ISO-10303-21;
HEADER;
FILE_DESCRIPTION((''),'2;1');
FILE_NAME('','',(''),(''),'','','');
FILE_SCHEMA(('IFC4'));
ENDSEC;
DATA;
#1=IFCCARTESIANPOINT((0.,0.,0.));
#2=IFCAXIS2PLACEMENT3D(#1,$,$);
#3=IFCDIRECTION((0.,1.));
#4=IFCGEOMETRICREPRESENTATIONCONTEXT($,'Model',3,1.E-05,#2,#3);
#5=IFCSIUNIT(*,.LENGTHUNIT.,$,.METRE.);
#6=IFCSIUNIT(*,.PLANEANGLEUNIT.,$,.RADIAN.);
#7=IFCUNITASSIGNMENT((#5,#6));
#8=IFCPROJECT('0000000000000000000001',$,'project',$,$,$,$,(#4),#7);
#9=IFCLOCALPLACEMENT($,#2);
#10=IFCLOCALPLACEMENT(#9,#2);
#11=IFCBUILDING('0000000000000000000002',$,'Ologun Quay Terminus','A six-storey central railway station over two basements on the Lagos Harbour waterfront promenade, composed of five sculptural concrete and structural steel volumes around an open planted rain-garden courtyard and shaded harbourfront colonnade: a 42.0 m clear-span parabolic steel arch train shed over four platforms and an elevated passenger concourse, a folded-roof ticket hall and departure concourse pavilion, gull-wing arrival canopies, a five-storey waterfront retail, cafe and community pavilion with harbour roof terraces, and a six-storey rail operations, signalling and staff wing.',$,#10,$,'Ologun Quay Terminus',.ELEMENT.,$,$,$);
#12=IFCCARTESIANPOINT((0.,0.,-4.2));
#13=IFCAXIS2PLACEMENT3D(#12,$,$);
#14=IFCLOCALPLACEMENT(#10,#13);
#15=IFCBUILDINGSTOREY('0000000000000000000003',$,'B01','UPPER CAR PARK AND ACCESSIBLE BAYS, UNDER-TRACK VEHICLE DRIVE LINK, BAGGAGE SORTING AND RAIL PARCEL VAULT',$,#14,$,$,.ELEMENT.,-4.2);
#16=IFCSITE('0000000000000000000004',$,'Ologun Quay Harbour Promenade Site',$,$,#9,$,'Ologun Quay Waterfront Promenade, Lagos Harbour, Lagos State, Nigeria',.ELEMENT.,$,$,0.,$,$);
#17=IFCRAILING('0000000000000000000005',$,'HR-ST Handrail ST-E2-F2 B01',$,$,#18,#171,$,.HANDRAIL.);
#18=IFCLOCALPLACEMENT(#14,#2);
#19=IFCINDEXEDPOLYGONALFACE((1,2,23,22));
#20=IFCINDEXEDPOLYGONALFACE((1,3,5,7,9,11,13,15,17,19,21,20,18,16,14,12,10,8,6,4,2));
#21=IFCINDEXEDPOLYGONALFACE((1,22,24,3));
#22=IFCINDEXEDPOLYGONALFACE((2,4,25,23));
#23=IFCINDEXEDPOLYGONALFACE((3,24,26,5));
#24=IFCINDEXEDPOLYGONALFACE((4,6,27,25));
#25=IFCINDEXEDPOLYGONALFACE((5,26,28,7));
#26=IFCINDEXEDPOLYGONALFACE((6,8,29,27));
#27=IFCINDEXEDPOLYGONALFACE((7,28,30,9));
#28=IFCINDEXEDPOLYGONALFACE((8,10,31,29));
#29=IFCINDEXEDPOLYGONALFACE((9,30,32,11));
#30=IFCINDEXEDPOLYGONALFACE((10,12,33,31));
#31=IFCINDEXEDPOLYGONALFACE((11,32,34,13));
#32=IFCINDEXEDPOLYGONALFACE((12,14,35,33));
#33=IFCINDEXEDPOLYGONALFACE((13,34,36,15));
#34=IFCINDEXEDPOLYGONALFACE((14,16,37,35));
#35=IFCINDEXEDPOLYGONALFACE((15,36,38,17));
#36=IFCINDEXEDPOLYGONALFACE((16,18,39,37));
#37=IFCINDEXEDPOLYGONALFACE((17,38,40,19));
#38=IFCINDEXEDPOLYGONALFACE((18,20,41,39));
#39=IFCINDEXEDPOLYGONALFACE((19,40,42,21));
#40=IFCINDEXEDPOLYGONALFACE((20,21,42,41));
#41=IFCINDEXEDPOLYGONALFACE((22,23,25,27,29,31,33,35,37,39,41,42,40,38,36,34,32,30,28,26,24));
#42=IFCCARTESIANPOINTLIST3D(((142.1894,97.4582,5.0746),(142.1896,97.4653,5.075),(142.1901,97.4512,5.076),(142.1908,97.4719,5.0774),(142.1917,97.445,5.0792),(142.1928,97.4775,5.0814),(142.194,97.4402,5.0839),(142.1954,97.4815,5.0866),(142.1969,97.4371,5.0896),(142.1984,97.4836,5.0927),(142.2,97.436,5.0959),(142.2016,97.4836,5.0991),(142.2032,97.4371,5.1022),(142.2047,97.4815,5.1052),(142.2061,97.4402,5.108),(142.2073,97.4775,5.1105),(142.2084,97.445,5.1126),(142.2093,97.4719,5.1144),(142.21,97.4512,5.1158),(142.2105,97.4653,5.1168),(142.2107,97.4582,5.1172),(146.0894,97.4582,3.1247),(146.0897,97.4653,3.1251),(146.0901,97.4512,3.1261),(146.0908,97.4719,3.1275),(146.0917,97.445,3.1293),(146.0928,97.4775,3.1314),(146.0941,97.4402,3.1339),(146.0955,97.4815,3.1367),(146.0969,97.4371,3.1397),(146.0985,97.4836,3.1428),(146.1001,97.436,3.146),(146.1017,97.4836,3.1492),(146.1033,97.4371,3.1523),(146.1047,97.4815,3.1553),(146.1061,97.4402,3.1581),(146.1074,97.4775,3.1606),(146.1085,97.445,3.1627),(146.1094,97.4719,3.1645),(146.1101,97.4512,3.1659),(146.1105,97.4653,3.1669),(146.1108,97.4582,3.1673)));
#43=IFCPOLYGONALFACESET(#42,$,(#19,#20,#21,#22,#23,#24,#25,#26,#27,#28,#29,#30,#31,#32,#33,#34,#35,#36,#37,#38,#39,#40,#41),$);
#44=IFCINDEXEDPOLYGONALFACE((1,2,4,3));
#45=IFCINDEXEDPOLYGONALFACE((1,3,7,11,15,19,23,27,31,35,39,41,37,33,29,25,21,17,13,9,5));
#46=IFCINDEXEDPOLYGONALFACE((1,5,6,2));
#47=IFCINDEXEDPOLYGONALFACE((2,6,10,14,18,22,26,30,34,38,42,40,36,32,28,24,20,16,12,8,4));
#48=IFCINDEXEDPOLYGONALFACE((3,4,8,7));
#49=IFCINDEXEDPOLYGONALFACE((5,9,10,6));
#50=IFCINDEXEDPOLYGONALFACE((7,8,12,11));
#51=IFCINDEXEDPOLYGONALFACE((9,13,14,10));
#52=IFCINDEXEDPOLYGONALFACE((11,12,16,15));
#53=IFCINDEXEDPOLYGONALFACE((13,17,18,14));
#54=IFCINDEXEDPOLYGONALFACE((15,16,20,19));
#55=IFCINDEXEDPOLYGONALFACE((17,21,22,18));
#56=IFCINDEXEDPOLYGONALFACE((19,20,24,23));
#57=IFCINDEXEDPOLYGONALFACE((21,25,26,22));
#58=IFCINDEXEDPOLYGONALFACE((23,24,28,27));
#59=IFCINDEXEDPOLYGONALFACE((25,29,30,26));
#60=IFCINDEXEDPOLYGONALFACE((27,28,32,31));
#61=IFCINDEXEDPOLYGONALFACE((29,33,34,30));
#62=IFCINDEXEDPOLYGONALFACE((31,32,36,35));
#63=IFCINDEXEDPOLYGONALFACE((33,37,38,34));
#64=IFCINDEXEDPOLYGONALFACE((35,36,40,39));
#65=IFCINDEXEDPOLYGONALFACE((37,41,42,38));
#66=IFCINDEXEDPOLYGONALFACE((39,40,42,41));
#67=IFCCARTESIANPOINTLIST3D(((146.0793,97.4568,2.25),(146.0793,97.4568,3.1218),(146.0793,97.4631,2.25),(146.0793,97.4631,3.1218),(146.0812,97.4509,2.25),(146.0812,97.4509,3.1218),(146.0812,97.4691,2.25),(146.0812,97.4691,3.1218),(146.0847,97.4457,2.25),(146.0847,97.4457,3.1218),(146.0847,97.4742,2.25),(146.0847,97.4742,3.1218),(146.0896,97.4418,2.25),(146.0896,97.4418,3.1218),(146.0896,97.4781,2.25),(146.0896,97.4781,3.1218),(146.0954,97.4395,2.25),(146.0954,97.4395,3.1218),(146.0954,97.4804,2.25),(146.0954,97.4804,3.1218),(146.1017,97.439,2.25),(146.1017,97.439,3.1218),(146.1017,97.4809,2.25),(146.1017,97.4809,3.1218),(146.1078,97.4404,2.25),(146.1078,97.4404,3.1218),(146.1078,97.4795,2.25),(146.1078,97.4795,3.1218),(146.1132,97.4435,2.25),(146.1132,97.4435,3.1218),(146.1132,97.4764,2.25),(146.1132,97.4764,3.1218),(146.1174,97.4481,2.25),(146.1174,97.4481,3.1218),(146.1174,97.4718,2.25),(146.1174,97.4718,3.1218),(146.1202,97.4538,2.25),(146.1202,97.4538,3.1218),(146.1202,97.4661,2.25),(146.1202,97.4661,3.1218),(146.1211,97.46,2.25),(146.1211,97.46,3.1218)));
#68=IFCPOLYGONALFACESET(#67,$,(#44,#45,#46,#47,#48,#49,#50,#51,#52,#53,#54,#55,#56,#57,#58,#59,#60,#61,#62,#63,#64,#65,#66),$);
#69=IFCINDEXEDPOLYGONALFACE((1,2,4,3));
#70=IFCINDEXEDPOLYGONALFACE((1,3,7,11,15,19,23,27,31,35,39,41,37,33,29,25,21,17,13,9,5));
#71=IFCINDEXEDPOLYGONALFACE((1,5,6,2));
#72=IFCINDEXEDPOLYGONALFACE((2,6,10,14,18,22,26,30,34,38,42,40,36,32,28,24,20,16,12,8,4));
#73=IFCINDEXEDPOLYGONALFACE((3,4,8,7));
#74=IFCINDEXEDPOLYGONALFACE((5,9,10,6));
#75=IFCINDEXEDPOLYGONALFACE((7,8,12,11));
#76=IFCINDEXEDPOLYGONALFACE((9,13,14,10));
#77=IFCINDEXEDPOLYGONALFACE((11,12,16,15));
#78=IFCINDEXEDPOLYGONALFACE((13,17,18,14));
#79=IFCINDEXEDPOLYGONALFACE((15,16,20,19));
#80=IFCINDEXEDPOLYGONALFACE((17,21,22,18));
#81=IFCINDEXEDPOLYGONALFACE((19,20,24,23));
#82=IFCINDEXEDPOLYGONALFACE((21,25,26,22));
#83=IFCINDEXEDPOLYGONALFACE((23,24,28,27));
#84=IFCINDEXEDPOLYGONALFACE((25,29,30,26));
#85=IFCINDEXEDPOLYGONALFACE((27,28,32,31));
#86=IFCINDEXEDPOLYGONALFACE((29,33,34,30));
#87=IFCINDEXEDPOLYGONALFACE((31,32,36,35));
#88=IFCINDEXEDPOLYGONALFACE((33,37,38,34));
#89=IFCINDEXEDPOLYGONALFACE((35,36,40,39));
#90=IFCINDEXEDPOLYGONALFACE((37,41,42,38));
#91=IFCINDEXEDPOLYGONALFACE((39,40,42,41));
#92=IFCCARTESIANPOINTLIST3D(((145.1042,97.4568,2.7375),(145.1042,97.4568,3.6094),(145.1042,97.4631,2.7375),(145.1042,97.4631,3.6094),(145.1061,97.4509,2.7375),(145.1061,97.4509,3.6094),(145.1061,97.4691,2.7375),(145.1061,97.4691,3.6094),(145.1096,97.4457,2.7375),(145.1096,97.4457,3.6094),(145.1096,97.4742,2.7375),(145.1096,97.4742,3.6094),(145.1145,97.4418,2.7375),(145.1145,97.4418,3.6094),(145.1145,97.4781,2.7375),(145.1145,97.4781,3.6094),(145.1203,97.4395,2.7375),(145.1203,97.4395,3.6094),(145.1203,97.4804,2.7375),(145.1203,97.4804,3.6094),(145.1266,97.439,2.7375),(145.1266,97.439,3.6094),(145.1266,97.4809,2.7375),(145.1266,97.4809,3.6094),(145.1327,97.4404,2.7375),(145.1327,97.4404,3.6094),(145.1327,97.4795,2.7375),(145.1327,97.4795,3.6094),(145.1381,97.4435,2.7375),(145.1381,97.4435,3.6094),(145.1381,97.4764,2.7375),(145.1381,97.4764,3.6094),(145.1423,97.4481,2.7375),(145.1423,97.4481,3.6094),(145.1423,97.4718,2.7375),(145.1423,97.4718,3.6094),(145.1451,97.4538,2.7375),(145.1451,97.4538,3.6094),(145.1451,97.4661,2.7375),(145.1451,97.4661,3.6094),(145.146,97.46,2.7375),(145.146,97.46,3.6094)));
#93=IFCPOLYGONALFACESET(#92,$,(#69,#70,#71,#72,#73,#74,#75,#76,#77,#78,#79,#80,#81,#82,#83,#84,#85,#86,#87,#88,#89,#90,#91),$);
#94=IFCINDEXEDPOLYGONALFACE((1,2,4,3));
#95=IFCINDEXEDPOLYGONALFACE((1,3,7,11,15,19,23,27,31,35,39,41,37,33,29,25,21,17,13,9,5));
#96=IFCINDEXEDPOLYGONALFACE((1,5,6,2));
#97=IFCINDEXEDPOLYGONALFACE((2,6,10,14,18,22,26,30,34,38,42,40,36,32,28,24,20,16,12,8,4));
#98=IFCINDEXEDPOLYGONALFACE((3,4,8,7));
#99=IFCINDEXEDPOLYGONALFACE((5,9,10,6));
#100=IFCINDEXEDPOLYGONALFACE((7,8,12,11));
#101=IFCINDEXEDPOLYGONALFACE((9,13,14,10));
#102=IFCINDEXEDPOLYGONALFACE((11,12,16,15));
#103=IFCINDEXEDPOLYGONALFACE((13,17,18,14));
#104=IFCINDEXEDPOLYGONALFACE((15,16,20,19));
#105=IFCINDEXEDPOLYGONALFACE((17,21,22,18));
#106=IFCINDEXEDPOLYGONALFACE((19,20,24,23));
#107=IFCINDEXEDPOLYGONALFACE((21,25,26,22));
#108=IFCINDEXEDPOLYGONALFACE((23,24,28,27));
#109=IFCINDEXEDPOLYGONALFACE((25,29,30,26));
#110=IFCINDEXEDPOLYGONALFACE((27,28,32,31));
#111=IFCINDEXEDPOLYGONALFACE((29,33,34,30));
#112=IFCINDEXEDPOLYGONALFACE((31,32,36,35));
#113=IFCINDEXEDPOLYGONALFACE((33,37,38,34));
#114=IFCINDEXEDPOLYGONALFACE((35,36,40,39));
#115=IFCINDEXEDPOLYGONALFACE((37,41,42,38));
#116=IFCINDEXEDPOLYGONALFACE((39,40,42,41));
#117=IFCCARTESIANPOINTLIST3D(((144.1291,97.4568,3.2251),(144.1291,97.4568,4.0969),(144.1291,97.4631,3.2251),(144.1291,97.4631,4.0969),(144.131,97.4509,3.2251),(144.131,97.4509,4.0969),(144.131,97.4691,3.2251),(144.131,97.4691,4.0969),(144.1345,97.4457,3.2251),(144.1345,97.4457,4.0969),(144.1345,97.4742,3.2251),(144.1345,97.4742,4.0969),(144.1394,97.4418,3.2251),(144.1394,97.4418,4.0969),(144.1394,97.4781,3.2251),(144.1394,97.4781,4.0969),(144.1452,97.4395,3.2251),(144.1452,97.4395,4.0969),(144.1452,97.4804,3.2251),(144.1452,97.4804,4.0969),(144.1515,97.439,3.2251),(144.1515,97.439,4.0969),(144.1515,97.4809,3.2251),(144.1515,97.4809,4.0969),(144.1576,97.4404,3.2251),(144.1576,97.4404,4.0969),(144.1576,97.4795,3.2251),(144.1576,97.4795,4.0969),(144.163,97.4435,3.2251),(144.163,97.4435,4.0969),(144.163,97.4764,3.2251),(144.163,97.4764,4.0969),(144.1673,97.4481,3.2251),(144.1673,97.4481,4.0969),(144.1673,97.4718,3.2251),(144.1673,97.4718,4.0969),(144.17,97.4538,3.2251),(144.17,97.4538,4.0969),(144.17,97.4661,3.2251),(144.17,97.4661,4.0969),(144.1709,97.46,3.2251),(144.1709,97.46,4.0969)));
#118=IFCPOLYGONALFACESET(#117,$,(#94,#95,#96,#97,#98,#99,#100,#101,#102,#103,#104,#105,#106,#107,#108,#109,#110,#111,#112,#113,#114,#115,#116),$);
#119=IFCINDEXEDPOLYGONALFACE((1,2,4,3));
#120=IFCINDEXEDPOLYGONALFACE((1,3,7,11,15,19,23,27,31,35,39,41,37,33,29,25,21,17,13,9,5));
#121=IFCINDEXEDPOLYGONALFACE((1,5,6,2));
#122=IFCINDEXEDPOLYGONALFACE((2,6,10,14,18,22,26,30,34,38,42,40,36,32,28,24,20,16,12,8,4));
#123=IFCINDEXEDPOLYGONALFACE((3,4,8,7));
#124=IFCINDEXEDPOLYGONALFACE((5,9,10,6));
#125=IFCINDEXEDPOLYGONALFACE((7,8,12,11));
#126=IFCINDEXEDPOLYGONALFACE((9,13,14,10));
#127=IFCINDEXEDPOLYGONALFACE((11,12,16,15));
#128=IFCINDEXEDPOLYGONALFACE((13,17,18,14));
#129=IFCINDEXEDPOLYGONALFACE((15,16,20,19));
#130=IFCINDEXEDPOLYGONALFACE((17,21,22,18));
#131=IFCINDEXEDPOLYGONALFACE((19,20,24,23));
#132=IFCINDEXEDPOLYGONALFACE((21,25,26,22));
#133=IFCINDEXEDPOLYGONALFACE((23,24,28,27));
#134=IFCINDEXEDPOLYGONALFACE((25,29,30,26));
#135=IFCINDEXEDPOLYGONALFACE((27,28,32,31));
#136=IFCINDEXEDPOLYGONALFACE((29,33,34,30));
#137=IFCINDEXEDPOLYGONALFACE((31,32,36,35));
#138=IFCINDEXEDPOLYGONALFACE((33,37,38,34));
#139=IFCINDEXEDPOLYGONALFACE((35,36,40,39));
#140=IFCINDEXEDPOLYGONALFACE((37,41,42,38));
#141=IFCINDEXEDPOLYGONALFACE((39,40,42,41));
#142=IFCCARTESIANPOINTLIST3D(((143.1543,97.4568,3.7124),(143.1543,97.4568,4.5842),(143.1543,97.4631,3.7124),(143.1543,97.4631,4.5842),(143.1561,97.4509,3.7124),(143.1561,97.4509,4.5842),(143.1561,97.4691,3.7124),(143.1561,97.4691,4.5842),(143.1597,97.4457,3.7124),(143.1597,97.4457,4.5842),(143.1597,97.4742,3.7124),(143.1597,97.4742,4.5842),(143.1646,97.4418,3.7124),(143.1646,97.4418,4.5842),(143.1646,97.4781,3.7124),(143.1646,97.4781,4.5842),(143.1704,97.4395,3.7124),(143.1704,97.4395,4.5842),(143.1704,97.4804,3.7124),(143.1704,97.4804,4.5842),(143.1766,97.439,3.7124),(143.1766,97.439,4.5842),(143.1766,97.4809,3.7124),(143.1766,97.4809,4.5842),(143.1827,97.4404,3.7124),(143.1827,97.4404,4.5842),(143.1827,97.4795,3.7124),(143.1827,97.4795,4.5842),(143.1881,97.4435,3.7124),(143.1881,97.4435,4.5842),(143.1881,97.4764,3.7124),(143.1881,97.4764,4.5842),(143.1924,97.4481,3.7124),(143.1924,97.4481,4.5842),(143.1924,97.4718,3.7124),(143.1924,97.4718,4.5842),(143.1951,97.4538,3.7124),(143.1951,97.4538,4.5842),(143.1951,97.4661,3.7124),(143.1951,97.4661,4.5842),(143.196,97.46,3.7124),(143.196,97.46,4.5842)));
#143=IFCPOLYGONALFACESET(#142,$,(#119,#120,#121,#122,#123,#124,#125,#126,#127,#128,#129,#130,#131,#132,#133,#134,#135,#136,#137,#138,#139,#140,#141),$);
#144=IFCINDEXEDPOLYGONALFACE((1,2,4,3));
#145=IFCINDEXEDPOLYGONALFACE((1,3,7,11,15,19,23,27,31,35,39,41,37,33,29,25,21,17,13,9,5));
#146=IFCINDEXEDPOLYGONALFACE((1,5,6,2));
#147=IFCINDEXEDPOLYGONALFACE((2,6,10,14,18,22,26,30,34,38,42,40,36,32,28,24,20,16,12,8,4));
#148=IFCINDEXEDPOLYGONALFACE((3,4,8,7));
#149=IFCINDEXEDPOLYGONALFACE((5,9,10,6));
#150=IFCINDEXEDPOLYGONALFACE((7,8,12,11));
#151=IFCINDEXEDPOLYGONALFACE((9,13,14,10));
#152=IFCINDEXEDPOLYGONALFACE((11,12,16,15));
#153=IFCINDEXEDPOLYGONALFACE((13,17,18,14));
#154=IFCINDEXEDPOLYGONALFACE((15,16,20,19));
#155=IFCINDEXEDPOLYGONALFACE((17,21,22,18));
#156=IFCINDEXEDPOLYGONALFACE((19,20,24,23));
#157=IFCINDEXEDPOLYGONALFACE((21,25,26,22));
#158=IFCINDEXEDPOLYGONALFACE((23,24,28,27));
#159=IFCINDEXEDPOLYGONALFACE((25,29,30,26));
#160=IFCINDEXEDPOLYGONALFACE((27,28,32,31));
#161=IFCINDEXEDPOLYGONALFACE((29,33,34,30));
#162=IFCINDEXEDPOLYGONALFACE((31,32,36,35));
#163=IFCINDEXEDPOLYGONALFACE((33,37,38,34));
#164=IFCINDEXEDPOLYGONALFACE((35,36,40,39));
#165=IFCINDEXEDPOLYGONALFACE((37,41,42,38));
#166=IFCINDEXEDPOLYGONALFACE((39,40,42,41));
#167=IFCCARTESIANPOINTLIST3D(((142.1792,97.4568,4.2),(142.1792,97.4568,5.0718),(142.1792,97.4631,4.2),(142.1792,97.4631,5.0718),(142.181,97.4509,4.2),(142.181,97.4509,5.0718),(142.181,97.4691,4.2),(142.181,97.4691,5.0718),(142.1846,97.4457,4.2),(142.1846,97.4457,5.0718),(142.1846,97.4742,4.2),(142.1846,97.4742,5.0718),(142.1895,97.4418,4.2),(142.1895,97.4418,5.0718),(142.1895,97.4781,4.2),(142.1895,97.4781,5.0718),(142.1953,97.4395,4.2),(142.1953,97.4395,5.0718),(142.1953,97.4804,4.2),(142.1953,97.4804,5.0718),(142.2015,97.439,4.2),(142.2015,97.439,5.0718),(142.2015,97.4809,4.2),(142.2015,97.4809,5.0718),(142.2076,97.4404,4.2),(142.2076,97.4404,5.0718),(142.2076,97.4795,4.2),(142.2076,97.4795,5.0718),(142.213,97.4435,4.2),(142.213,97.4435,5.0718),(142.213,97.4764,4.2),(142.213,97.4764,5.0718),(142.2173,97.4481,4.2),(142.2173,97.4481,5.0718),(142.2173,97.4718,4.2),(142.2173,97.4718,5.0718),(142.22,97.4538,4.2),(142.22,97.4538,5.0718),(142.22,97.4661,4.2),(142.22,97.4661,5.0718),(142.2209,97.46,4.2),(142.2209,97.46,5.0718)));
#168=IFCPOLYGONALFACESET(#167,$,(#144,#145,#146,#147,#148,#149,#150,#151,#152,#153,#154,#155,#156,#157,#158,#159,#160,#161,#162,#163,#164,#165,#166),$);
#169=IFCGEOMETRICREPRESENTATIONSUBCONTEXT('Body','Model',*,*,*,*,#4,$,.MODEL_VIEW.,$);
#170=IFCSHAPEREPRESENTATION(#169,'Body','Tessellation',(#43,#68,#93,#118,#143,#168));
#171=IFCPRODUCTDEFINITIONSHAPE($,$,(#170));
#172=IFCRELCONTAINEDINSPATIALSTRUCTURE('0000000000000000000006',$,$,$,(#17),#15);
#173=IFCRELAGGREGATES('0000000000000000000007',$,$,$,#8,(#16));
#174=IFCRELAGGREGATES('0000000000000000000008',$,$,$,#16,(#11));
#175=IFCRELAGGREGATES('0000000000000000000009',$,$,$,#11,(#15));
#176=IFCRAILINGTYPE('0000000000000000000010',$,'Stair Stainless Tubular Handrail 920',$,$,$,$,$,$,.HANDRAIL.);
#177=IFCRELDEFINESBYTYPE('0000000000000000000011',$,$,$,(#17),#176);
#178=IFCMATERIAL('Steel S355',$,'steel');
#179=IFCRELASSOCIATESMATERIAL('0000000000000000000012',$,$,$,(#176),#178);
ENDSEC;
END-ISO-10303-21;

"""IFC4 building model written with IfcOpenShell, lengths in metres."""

from ifc_helpers import new_model, si_unit, direction, frame, origin, origin_2d, place, context, subcontext, project, spatial, circle, extrude, material, type_object, element, save


model = new_model("IFC4")

# Units and contexts
model_context = context("Model", 3, precision=1e-05, world=origin(), true_north=direction((0.0, 1.0)))
body_context = subcontext(model_context, "Body", "Model", "MODEL_VIEW")
ifc_project = project(units=[si_unit("LENGTHUNIT", "METRE"), si_unit("PLANEANGLEUNIT", "RADIAN")], contexts=[model_context])

# Site, building, storey
site_placement = place(None, origin())
site = spatial("IfcSite", under=ifc_project, at=site_placement, Name="Ologun Quay Harbour Promenade Site", LongName="Ologun Quay Waterfront Promenade, Lagos Harbour, Lagos State, Nigeria", CompositionType="ELEMENT", RefElevation=0.0)
building_placement = place(site_placement, origin())
building = spatial("IfcBuilding", under=site, at=building_placement, Name="Ologun Quay Terminus", Description="A six-storey central railway station over two basements on the Lagos Harbour waterfront promenade, composed of five sculptural concrete and structural steel volumes around an open planted rain-garden courtyard and shaded harbourfront colonnade: a 42.0 m clear-span parabolic steel arch train shed over four platforms and an elevated passenger concourse, a folded-roof ticket hall and departure concourse pavilion, gull-wing arrival canopies, a five-storey waterfront retail, cafe and community pavilion with harbour roof terraces, and a six-storey rail operations, signalling and staff wing.", LongName="Ologun Quay Terminus", CompositionType="ELEMENT")
storey_placement = place(building_placement, frame((0.0, 0.0, -4.2)))
storey = spatial("IfcBuildingStorey", under=building, at=storey_placement, Name="B01", Description="UPPER CAR PARK AND ACCESSIBLE BAYS, UNDER-TRACK VEHICLE DRIVE LINK, BAGGAGE SORTING AND RAIL PARCEL VAULT", CompositionType="ELEMENT", Elevation=-4.2)

# Railing
ifc_material_1 = material(Name="Steel S355", Category="steel")
railing_type_1 = type_object("IfcRailingType", Name="Stair Stainless Tubular Handrail 920", PredefinedType="HANDRAIL", material=ifc_material_1)
railing_1_placement = place(storey_placement, frame((146.1001, 97.46, 2.25)))
element("IfcRailing", 1, at=railing_1_placement, inside=storey, type_object=railing_type_1, Name="HR-ST Handrail ST-E2-F2 B01", PredefinedType="HANDRAIL", context=body_context, shape_type="SweptSolid", body=[
    extrude(circle(Radius=0.0239, at=origin_2d()), frame((0.0, 0.0, 0.896), z_axis=(-0.894438, 0.0, 0.447191), x_axis=(0.0, -1.0, 0.0)), (0.0, 0.0, 1.0), 4.3604),
    extrude(circle(Radius=0.021, at=origin_2d()), origin(), (0.0, 0.0, 1.0), 0.8718),
    extrude(circle(Radius=0.021, at=origin_2d()), frame((-0.9751, 0.0, 0.4875)), (0.0, 0.0, 1.0), 0.8718),
    extrude(circle(Radius=0.021, at=origin_2d()), frame((-1.9502, 0.0, 0.9751)), (0.0, 0.0, 1.0), 0.8718),
    extrude(circle(Radius=0.021, at=origin_2d()), frame((-2.925, 0.0, 1.4624)), (0.0, 0.0, 1.0), 0.8718),
    extrude(circle(Radius=0.021, at=origin_2d()), frame((-3.9001, 0.0, 1.95)), (0.0, 0.0, 1.0), 0.8718),
])

save(model, "model.ifc")
